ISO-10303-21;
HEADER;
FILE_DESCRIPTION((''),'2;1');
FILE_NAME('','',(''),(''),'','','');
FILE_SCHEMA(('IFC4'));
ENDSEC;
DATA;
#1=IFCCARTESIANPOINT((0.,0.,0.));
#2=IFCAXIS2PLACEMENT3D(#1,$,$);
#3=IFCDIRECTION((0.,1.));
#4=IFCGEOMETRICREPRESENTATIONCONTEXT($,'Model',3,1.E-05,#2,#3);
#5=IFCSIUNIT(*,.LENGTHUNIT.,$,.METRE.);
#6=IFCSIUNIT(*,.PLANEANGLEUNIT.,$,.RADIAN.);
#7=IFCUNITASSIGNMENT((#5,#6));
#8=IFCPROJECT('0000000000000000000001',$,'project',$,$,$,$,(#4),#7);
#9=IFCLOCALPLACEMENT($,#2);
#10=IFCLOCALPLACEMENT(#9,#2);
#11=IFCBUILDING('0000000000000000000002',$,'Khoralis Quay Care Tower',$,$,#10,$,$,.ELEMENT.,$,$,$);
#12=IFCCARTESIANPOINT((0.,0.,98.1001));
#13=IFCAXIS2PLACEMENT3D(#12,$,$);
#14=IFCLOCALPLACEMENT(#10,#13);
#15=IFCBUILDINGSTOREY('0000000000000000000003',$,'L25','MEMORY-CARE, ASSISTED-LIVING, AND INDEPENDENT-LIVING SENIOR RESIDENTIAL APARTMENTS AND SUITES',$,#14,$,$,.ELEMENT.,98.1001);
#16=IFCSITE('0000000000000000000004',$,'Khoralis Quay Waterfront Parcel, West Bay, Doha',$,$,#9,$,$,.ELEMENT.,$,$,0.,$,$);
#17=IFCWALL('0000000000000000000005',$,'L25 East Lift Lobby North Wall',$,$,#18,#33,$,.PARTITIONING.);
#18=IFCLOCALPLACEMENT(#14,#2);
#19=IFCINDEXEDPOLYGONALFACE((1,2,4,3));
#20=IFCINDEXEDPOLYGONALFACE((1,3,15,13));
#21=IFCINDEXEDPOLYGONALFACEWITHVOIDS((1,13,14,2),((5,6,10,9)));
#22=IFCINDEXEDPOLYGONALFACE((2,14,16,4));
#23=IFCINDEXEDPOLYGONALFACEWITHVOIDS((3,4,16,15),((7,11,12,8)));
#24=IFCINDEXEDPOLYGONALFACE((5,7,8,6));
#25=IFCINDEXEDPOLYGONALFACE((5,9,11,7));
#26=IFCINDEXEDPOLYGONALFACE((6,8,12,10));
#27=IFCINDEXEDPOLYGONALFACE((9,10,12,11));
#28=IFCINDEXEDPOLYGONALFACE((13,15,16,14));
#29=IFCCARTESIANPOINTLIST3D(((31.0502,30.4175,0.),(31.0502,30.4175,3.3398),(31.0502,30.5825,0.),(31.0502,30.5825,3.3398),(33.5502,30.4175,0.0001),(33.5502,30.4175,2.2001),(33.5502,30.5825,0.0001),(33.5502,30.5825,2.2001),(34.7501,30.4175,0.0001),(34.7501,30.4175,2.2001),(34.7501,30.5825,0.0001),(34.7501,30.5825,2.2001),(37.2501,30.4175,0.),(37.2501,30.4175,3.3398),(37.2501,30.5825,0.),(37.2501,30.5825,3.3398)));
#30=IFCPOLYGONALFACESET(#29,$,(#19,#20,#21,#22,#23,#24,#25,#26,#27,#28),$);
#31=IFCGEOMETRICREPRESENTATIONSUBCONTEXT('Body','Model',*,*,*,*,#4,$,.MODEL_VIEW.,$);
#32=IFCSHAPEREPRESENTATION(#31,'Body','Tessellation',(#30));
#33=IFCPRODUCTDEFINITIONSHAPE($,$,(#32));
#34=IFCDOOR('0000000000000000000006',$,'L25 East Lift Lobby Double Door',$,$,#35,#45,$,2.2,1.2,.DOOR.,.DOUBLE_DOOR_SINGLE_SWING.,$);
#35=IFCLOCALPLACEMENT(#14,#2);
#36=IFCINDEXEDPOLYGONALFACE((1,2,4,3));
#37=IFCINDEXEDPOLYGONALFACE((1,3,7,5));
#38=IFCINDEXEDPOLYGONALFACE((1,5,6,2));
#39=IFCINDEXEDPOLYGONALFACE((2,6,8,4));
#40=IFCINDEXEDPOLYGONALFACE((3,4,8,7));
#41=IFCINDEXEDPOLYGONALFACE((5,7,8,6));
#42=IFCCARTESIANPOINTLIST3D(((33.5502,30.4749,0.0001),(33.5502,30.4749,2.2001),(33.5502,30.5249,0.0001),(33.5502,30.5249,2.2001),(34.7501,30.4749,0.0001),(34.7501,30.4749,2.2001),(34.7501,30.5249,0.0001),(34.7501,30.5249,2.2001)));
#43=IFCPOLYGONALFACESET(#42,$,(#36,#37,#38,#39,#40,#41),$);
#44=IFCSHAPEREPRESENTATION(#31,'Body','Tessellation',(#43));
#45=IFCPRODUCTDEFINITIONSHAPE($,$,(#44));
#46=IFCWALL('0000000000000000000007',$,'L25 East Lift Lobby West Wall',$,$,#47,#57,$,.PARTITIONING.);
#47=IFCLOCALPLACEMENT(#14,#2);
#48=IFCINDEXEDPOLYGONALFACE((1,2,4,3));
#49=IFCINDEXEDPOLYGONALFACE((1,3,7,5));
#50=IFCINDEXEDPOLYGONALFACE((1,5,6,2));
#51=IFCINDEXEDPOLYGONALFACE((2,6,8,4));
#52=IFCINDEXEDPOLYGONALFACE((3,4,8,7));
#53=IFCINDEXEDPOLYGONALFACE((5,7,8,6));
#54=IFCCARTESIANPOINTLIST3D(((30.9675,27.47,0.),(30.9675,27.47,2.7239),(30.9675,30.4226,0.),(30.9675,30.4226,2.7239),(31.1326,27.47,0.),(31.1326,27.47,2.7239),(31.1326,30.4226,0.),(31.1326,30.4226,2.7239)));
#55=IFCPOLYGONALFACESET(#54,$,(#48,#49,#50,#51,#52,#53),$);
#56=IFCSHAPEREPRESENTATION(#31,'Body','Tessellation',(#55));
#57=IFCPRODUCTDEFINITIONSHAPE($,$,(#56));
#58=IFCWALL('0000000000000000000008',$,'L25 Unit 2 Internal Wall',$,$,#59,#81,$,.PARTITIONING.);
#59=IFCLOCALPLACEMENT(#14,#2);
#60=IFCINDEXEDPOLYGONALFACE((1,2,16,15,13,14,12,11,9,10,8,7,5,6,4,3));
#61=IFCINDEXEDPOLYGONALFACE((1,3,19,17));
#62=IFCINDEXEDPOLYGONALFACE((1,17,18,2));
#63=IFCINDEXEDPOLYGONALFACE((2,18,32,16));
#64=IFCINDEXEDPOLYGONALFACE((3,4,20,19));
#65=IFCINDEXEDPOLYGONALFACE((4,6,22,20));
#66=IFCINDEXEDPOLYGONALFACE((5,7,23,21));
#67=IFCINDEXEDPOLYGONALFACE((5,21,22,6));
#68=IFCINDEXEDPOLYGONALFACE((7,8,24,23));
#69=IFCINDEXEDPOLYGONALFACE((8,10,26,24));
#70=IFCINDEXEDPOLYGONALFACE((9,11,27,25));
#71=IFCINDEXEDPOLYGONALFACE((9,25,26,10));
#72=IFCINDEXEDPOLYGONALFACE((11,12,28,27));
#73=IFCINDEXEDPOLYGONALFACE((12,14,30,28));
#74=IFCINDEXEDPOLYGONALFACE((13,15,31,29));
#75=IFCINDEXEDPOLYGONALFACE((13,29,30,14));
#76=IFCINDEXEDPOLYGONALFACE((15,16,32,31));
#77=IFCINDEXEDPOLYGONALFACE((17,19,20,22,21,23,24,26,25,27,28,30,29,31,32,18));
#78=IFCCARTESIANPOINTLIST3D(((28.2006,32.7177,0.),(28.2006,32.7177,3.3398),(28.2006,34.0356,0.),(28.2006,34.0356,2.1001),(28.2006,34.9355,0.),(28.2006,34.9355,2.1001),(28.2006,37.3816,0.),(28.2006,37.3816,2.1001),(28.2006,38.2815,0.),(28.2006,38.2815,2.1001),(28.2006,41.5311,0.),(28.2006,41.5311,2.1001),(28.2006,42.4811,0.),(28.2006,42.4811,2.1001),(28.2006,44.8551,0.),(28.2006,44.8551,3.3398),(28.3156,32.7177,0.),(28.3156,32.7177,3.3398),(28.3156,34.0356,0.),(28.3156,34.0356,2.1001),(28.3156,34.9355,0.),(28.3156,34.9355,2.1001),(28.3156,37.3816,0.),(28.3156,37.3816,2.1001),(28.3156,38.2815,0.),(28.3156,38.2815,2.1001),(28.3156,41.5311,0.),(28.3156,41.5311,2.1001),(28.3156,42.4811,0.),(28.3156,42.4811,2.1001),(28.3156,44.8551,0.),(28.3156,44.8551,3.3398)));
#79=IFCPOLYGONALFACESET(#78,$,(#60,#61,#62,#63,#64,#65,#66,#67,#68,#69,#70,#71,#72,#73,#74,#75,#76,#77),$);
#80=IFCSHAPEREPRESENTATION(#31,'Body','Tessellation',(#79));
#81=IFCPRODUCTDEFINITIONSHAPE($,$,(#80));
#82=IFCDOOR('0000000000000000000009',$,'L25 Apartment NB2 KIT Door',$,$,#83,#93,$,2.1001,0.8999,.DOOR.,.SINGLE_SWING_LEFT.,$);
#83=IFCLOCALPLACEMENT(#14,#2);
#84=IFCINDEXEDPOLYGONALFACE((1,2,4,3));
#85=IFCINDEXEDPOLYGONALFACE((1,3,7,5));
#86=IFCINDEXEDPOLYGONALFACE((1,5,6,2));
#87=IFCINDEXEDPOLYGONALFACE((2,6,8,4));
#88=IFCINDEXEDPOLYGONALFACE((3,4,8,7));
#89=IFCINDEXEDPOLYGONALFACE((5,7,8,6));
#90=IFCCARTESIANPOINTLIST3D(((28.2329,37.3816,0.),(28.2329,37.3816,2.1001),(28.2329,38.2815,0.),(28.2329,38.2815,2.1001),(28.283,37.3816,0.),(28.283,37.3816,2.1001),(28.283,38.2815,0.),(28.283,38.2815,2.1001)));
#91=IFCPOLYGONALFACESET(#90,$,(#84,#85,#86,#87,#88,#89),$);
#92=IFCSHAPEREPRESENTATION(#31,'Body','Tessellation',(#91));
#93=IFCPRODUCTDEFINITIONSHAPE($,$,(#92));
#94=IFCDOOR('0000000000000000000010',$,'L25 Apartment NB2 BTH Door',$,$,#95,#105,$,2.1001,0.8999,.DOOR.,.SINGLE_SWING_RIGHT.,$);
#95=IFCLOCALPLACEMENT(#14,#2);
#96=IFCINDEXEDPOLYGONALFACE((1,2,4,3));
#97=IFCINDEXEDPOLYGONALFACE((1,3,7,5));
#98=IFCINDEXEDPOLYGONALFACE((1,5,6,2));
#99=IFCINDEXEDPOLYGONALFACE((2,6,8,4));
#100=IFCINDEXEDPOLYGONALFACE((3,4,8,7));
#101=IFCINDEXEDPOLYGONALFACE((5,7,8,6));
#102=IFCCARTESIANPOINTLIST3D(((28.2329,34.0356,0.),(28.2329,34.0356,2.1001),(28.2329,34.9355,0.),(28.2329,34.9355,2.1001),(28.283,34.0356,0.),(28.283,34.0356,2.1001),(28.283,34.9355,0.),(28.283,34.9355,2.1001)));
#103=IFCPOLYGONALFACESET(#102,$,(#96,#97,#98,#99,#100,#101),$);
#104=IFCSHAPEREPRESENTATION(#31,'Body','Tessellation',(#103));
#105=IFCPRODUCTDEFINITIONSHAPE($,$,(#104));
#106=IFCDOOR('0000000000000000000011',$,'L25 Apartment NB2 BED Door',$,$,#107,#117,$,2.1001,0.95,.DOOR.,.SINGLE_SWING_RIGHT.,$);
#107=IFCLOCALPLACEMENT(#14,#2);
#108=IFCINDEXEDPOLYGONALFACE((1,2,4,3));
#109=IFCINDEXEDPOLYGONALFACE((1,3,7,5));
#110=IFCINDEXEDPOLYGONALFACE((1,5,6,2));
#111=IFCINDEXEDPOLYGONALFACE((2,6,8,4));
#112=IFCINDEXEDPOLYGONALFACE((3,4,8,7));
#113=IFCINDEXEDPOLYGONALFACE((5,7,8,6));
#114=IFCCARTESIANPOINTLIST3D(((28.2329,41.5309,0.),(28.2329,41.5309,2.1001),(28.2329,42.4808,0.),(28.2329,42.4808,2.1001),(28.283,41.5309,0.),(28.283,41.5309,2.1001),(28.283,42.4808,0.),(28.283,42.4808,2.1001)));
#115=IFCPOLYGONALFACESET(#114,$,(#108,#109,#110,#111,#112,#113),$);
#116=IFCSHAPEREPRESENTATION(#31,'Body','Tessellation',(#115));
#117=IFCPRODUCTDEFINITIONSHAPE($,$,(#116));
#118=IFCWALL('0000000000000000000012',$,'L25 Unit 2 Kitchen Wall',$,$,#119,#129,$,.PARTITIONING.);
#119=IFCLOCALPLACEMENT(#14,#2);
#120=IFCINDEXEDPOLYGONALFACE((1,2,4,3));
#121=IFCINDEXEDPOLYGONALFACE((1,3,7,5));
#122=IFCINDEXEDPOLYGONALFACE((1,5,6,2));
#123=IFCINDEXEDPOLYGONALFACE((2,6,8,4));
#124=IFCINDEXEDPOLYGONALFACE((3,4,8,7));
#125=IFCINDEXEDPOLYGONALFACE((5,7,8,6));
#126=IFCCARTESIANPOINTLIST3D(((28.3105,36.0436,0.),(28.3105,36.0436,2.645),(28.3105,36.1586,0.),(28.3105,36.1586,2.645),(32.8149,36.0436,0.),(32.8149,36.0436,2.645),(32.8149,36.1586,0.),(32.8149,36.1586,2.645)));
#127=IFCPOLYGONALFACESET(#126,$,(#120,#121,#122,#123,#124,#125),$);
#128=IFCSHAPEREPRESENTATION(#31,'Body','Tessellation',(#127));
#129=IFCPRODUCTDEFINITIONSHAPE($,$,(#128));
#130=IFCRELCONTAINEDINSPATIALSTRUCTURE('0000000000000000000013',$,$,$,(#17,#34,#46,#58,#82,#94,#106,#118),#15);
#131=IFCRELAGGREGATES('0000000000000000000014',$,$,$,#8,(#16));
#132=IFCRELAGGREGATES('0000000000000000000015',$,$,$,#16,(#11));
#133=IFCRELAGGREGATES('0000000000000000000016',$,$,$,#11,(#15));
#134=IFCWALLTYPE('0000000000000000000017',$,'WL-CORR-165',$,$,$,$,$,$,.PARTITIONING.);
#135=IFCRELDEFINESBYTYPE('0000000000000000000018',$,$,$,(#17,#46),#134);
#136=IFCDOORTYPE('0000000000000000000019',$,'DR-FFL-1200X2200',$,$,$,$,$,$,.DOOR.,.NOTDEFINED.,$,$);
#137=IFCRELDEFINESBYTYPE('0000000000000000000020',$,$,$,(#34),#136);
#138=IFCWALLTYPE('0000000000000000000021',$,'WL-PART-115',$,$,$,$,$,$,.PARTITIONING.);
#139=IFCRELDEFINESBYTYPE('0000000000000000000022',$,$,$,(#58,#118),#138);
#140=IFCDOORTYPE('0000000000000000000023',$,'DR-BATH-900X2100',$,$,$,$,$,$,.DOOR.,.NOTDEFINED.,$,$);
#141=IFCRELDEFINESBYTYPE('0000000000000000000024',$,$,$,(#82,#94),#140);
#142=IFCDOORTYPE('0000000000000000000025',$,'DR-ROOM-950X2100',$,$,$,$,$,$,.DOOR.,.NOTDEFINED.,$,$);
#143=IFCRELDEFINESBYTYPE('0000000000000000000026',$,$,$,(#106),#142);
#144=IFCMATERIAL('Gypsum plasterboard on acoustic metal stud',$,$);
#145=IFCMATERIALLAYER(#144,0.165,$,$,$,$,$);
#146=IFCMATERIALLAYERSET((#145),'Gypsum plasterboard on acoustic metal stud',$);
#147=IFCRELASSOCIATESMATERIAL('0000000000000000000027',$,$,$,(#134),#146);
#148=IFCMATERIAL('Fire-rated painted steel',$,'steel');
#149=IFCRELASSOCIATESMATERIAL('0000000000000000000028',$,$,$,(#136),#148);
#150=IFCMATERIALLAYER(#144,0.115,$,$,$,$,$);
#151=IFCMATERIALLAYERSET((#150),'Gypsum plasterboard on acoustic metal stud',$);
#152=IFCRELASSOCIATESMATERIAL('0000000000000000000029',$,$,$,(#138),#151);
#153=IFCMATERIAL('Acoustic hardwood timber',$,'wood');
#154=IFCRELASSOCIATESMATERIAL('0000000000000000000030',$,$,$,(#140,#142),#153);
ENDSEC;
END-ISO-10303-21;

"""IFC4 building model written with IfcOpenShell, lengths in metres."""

from ifc_helpers import new_model, si_unit, direction, frame, frame_2d, origin, place, context, subcontext, project, spatial, rectangle, extrude, source, transform, mapped, material, layer, layer_set, type_object, element, fill, save


model = new_model("IFC4")

# Units and contexts
model_context = context("Model", 3, precision=1e-05, world=origin(), true_north=direction((0.0, 1.0)))
body_context = subcontext(model_context, "Body", "Model", "MODEL_VIEW")
ifc_project = project(units=[si_unit("LENGTHUNIT", "METRE"), si_unit("PLANEANGLEUNIT", "RADIAN")], contexts=[model_context])

# Site, building, storey
site_placement = place(None, origin())
site = spatial("IfcSite", under=ifc_project, at=site_placement, Name="Khoralis Quay Waterfront Parcel, West Bay, Doha", CompositionType="ELEMENT", RefElevation=0.0)
building_placement = place(site_placement, origin())
building = spatial("IfcBuilding", under=site, at=building_placement, Name="Khoralis Quay Care Tower", CompositionType="ELEMENT")
storey_placement = place(building_placement, frame((0.0, 0.0, 98.1001)))
storey = spatial("IfcBuildingStorey", under=building, at=storey_placement, Name="L25", Description="MEMORY-CARE, ASSISTED-LIVING, AND INDEPENDENT-LIVING SENIOR RESIDENTIAL APARTMENTS AND SUITES", CompositionType="ELEMENT", Elevation=98.1001)

# Wall, opening, door
ifc_material_1 = material(Name="Gypsum plasterboard on acoustic metal stud")
ifc_layer_1 = layer(ifc_material_1, 0.165)
ifc_layer_set_1 = layer_set([ifc_layer_1], Name="Gypsum plasterboard on acoustic metal stud")
wall_type_1 = type_object("IfcWallType", Name="WL-CORR-165", PredefinedType="PARTITIONING", material=ifc_layer_set_1)
wall_1_placement = place(storey_placement, frame((31.05, 30.5, 0.0), z_axis=(0.0, 0.0, 1.0), x_axis=(1.0, 0.0, 0.0)))
wall_1 = element("IfcWall", 1, at=wall_1_placement, inside=storey, type_object=wall_type_1, Name="L25 East Lift Lobby North Wall", PredefinedType="PARTITIONING", context=body_context, shape_type="SweptSolid", body=[
    extrude(rectangle(XDim=6.2, YDim=0.165, at=frame_2d((3.1001, 0.0))), origin(), (0.0, 0.0, 1.0), 3.3398),
])
opening_1_placement = place(wall_1_placement, frame((2.5, 0.0, 0.0)))
opening_1 = element("IfcOpeningElement", 2, at=opening_1_placement, cuts=wall_1, PredefinedType="OPENING", context=body_context, shape_type="SweptSolid", body=[
    extrude(rectangle(XDim=1.2, YDim=2.2, at=frame_2d((0.6001, 1.1001))), frame((0.0, 0.0925, 0.0), z_axis=(0.0, -1.0, 0.0), x_axis=(1.0, 0.0, 0.0)), (0.0, 0.0, 1.0), 0.1851),
])
ifc_material_2 = material(Name="Fire-rated painted steel", Category="steel")
door_type_1 = type_object("IfcDoorType", Name="DR-FFL-1200X2200", OperationType="NOTDEFINED", PredefinedType="DOOR", material=ifc_material_2)
shared_shape_1 = source(origin(), body_context, "Body", "SweptSolid", [
    extrude(rectangle(XDim=1.2, YDim=2.2, at=frame_2d((0.6001, 1.1001))), frame((0.0, 0.0249, 0.0), z_axis=(0.0, -1.0, 0.0), x_axis=(1.0, 0.0, 0.0)), (0.0, 0.0, 1.0), 0.05),
])
door_1_placement = place(opening_1_placement, origin())
door_1 = element("IfcDoor", 3, at=door_1_placement, inside=storey, type_object=door_type_1, Name="L25 East Lift Lobby Double Door", OperationType="DOUBLE_DOOR_SINGLE_SWING", OverallHeight=2.2, OverallWidth=1.2, PredefinedType="DOOR", context=body_context, shape_type="MappedRepresentation", body=[
    mapped(shared_shape_1, transform((0.0, 0.0, 0.0), scale=1.0)),
])
fill(opening_1, door_1)

# Wall
wall_2_placement = place(storey_placement, frame((31.05, 27.47, 0.0), z_axis=(0.0, 0.0, 1.0), x_axis=(0.0, 1.0, 0.0)))
element("IfcWall", 4, at=wall_2_placement, inside=storey, type_object=wall_type_1, Name="L25 East Lift Lobby West Wall", PredefinedType="PARTITIONING", context=body_context, shape_type="SweptSolid", body=[
    extrude(rectangle(XDim=2.9526, YDim=0.165, at=frame_2d((1.4763, 0.0))), origin(), (0.0, 0.0, 1.0), 2.7239),
])

# Wall, openings, doors
ifc_layer_2 = layer(ifc_material_1, 0.115)
ifc_layer_set_2 = layer_set([ifc_layer_2], Name="Gypsum plasterboard on acoustic metal stud")
wall_type_2 = type_object("IfcWallType", Name="WL-PART-115", PredefinedType="PARTITIONING", material=ifc_layer_set_2)
wall_3_placement = place(storey_placement, frame((28.2581, 32.7175, 0.0), z_axis=(0.0, 0.0, 1.0), x_axis=(0.0, 1.0, 0.0)))
wall_3 = element("IfcWall", 5, at=wall_3_placement, inside=storey, type_object=wall_type_2, Name="L25 Unit 2 Internal Wall", PredefinedType="PARTITIONING", context=body_context, shape_type="SweptSolid", body=[
    extrude(rectangle(XDim=12.1375, YDim=0.115, at=frame_2d((6.0688, 0.0))), origin(), (0.0, 0.0, 1.0), 3.3398),
])
opening_2_placement = place(wall_3_placement, frame((8.8135, 0.0, 0.0)))
opening_2 = element("IfcOpeningElement", 6, at=opening_2_placement, cuts=wall_3, PredefinedType="OPENING", context=body_context, shape_type="SweptSolid", body=[
    extrude(rectangle(XDim=0.95, YDim=2.1001, at=frame_2d((0.4751, 1.05))), frame((0.0, 0.0674, 0.0), z_axis=(0.0, -1.0, 0.0), x_axis=(1.0, 0.0, 0.0)), (0.0, 0.0, 1.0), 0.135),
])
opening_3_placement = place(wall_3_placement, frame((4.6641, 0.0, 0.0)))
opening_3 = element("IfcOpeningElement", 7, at=opening_3_placement, cuts=wall_3, PredefinedType="OPENING", context=body_context, shape_type="SweptSolid", body=[
    extrude(rectangle(XDim=0.8999, YDim=2.1001, at=frame_2d((0.45, 1.05))), frame((0.0, 0.0674, 0.0), z_axis=(0.0, -1.0, 0.0), x_axis=(1.0, 0.0, 0.0)), (0.0, 0.0, 1.0), 0.135),
])
opening_4_placement = place(wall_3_placement, frame((1.3181, 0.0, 0.0)))
opening_4 = element("IfcOpeningElement", 8, at=opening_4_placement, cuts=wall_3, PredefinedType="OPENING", context=body_context, shape_type="SweptSolid", body=[
    extrude(rectangle(XDim=0.8999, YDim=2.1001, at=frame_2d((0.45, 1.05))), frame((0.0, 0.0674, 0.0), z_axis=(0.0, -1.0, 0.0), x_axis=(1.0, 0.0, 0.0)), (0.0, 0.0, 1.0), 0.135),
])
ifc_material_3 = material(Name="Acoustic hardwood timber", Category="wood")
door_type_2 = type_object("IfcDoorType", Name="DR-BATH-900X2100", OperationType="NOTDEFINED", PredefinedType="DOOR", material=ifc_material_3)
shared_shape_2 = source(origin(), body_context, "Body", "SweptSolid", [
    extrude(rectangle(XDim=0.8999, YDim=2.1001, at=frame_2d((0.45, 1.05))), frame((0.0, 0.0249, 0.0), z_axis=(0.0, -1.0, 0.0), x_axis=(1.0, 0.0, 0.0)), (0.0, 0.0, 1.0), 0.05),
])
door_2_placement = place(opening_3_placement, frame((0.8999, 0.0, 0.0), z_axis=(0.0, 0.0, 1.0), x_axis=(-1.0, 0.0, 0.0)))
door_2 = element("IfcDoor", 9, at=door_2_placement, inside=storey, type_object=door_type_2, Name="L25 Apartment NB2 KIT Door", OperationType="SINGLE_SWING_LEFT", OverallHeight=2.1001, OverallWidth=0.8999, PredefinedType="DOOR", context=body_context, shape_type="MappedRepresentation", body=[
    mapped(shared_shape_2, transform((0.0, 0.0, 0.0), scale=1.0)),
])
fill(opening_3, door_2)
door_3_placement = place(opening_4_placement, frame((0.8999, 0.0, 0.0), z_axis=(0.0, 0.0, 1.0), x_axis=(-1.0, 0.0, 0.0)))
door_3 = element("IfcDoor", 10, at=door_3_placement, inside=storey, type_object=door_type_2, Name="L25 Apartment NB2 BTH Door", OperationType="SINGLE_SWING_RIGHT", OverallHeight=2.1001, OverallWidth=0.8999, PredefinedType="DOOR", context=body_context, shape_type="MappedRepresentation", body=[
    mapped(shared_shape_2, transform((0.0, 0.0, 0.0), scale=1.0)),
])
fill(opening_4, door_3)
door_type_3 = type_object("IfcDoorType", Name="DR-ROOM-950X2100", OperationType="NOTDEFINED", PredefinedType="DOOR", material=ifc_material_3)
shared_shape_3 = source(origin(), body_context, "Body", "SweptSolid", [
    extrude(rectangle(XDim=0.95, YDim=2.1001, at=frame_2d((0.4751, 1.05))), frame((0.0, 0.0249, 0.0), z_axis=(0.0, -1.0, 0.0), x_axis=(1.0, 0.0, 0.0)), (0.0, 0.0, 1.0), 0.05),
])
door_4_placement = place(opening_2_placement, frame((0.95, 0.0, 0.0), z_axis=(0.0, 0.0, 1.0), x_axis=(-1.0, 0.0, 0.0)))
door_4 = element("IfcDoor", 11, at=door_4_placement, inside=storey, type_object=door_type_3, Name="L25 Apartment NB2 BED Door", OperationType="SINGLE_SWING_RIGHT", OverallHeight=2.1001, OverallWidth=0.95, PredefinedType="DOOR", context=body_context, shape_type="MappedRepresentation", body=[
    mapped(shared_shape_3, transform((0.0, 0.0, 0.0), scale=1.0)),
])
fill(opening_2, door_4)

# Wall
wall_4_placement = place(storey_placement, frame((28.3105, 36.1011, 0.0), z_axis=(0.0, 0.0, 1.0), x_axis=(1.0, 0.0, 0.0)))
element("IfcWall", 12, at=wall_4_placement, inside=storey, type_object=wall_type_2, Name="L25 Unit 2 Kitchen Wall", PredefinedType="PARTITIONING", context=body_context, shape_type="SweptSolid", body=[
    extrude(rectangle(XDim=4.5044, YDim=0.115, at=frame_2d((2.2522, 0.0))), origin(), (0.0, 0.0, 1.0), 2.645),
])

save(model, "model.ifc")
